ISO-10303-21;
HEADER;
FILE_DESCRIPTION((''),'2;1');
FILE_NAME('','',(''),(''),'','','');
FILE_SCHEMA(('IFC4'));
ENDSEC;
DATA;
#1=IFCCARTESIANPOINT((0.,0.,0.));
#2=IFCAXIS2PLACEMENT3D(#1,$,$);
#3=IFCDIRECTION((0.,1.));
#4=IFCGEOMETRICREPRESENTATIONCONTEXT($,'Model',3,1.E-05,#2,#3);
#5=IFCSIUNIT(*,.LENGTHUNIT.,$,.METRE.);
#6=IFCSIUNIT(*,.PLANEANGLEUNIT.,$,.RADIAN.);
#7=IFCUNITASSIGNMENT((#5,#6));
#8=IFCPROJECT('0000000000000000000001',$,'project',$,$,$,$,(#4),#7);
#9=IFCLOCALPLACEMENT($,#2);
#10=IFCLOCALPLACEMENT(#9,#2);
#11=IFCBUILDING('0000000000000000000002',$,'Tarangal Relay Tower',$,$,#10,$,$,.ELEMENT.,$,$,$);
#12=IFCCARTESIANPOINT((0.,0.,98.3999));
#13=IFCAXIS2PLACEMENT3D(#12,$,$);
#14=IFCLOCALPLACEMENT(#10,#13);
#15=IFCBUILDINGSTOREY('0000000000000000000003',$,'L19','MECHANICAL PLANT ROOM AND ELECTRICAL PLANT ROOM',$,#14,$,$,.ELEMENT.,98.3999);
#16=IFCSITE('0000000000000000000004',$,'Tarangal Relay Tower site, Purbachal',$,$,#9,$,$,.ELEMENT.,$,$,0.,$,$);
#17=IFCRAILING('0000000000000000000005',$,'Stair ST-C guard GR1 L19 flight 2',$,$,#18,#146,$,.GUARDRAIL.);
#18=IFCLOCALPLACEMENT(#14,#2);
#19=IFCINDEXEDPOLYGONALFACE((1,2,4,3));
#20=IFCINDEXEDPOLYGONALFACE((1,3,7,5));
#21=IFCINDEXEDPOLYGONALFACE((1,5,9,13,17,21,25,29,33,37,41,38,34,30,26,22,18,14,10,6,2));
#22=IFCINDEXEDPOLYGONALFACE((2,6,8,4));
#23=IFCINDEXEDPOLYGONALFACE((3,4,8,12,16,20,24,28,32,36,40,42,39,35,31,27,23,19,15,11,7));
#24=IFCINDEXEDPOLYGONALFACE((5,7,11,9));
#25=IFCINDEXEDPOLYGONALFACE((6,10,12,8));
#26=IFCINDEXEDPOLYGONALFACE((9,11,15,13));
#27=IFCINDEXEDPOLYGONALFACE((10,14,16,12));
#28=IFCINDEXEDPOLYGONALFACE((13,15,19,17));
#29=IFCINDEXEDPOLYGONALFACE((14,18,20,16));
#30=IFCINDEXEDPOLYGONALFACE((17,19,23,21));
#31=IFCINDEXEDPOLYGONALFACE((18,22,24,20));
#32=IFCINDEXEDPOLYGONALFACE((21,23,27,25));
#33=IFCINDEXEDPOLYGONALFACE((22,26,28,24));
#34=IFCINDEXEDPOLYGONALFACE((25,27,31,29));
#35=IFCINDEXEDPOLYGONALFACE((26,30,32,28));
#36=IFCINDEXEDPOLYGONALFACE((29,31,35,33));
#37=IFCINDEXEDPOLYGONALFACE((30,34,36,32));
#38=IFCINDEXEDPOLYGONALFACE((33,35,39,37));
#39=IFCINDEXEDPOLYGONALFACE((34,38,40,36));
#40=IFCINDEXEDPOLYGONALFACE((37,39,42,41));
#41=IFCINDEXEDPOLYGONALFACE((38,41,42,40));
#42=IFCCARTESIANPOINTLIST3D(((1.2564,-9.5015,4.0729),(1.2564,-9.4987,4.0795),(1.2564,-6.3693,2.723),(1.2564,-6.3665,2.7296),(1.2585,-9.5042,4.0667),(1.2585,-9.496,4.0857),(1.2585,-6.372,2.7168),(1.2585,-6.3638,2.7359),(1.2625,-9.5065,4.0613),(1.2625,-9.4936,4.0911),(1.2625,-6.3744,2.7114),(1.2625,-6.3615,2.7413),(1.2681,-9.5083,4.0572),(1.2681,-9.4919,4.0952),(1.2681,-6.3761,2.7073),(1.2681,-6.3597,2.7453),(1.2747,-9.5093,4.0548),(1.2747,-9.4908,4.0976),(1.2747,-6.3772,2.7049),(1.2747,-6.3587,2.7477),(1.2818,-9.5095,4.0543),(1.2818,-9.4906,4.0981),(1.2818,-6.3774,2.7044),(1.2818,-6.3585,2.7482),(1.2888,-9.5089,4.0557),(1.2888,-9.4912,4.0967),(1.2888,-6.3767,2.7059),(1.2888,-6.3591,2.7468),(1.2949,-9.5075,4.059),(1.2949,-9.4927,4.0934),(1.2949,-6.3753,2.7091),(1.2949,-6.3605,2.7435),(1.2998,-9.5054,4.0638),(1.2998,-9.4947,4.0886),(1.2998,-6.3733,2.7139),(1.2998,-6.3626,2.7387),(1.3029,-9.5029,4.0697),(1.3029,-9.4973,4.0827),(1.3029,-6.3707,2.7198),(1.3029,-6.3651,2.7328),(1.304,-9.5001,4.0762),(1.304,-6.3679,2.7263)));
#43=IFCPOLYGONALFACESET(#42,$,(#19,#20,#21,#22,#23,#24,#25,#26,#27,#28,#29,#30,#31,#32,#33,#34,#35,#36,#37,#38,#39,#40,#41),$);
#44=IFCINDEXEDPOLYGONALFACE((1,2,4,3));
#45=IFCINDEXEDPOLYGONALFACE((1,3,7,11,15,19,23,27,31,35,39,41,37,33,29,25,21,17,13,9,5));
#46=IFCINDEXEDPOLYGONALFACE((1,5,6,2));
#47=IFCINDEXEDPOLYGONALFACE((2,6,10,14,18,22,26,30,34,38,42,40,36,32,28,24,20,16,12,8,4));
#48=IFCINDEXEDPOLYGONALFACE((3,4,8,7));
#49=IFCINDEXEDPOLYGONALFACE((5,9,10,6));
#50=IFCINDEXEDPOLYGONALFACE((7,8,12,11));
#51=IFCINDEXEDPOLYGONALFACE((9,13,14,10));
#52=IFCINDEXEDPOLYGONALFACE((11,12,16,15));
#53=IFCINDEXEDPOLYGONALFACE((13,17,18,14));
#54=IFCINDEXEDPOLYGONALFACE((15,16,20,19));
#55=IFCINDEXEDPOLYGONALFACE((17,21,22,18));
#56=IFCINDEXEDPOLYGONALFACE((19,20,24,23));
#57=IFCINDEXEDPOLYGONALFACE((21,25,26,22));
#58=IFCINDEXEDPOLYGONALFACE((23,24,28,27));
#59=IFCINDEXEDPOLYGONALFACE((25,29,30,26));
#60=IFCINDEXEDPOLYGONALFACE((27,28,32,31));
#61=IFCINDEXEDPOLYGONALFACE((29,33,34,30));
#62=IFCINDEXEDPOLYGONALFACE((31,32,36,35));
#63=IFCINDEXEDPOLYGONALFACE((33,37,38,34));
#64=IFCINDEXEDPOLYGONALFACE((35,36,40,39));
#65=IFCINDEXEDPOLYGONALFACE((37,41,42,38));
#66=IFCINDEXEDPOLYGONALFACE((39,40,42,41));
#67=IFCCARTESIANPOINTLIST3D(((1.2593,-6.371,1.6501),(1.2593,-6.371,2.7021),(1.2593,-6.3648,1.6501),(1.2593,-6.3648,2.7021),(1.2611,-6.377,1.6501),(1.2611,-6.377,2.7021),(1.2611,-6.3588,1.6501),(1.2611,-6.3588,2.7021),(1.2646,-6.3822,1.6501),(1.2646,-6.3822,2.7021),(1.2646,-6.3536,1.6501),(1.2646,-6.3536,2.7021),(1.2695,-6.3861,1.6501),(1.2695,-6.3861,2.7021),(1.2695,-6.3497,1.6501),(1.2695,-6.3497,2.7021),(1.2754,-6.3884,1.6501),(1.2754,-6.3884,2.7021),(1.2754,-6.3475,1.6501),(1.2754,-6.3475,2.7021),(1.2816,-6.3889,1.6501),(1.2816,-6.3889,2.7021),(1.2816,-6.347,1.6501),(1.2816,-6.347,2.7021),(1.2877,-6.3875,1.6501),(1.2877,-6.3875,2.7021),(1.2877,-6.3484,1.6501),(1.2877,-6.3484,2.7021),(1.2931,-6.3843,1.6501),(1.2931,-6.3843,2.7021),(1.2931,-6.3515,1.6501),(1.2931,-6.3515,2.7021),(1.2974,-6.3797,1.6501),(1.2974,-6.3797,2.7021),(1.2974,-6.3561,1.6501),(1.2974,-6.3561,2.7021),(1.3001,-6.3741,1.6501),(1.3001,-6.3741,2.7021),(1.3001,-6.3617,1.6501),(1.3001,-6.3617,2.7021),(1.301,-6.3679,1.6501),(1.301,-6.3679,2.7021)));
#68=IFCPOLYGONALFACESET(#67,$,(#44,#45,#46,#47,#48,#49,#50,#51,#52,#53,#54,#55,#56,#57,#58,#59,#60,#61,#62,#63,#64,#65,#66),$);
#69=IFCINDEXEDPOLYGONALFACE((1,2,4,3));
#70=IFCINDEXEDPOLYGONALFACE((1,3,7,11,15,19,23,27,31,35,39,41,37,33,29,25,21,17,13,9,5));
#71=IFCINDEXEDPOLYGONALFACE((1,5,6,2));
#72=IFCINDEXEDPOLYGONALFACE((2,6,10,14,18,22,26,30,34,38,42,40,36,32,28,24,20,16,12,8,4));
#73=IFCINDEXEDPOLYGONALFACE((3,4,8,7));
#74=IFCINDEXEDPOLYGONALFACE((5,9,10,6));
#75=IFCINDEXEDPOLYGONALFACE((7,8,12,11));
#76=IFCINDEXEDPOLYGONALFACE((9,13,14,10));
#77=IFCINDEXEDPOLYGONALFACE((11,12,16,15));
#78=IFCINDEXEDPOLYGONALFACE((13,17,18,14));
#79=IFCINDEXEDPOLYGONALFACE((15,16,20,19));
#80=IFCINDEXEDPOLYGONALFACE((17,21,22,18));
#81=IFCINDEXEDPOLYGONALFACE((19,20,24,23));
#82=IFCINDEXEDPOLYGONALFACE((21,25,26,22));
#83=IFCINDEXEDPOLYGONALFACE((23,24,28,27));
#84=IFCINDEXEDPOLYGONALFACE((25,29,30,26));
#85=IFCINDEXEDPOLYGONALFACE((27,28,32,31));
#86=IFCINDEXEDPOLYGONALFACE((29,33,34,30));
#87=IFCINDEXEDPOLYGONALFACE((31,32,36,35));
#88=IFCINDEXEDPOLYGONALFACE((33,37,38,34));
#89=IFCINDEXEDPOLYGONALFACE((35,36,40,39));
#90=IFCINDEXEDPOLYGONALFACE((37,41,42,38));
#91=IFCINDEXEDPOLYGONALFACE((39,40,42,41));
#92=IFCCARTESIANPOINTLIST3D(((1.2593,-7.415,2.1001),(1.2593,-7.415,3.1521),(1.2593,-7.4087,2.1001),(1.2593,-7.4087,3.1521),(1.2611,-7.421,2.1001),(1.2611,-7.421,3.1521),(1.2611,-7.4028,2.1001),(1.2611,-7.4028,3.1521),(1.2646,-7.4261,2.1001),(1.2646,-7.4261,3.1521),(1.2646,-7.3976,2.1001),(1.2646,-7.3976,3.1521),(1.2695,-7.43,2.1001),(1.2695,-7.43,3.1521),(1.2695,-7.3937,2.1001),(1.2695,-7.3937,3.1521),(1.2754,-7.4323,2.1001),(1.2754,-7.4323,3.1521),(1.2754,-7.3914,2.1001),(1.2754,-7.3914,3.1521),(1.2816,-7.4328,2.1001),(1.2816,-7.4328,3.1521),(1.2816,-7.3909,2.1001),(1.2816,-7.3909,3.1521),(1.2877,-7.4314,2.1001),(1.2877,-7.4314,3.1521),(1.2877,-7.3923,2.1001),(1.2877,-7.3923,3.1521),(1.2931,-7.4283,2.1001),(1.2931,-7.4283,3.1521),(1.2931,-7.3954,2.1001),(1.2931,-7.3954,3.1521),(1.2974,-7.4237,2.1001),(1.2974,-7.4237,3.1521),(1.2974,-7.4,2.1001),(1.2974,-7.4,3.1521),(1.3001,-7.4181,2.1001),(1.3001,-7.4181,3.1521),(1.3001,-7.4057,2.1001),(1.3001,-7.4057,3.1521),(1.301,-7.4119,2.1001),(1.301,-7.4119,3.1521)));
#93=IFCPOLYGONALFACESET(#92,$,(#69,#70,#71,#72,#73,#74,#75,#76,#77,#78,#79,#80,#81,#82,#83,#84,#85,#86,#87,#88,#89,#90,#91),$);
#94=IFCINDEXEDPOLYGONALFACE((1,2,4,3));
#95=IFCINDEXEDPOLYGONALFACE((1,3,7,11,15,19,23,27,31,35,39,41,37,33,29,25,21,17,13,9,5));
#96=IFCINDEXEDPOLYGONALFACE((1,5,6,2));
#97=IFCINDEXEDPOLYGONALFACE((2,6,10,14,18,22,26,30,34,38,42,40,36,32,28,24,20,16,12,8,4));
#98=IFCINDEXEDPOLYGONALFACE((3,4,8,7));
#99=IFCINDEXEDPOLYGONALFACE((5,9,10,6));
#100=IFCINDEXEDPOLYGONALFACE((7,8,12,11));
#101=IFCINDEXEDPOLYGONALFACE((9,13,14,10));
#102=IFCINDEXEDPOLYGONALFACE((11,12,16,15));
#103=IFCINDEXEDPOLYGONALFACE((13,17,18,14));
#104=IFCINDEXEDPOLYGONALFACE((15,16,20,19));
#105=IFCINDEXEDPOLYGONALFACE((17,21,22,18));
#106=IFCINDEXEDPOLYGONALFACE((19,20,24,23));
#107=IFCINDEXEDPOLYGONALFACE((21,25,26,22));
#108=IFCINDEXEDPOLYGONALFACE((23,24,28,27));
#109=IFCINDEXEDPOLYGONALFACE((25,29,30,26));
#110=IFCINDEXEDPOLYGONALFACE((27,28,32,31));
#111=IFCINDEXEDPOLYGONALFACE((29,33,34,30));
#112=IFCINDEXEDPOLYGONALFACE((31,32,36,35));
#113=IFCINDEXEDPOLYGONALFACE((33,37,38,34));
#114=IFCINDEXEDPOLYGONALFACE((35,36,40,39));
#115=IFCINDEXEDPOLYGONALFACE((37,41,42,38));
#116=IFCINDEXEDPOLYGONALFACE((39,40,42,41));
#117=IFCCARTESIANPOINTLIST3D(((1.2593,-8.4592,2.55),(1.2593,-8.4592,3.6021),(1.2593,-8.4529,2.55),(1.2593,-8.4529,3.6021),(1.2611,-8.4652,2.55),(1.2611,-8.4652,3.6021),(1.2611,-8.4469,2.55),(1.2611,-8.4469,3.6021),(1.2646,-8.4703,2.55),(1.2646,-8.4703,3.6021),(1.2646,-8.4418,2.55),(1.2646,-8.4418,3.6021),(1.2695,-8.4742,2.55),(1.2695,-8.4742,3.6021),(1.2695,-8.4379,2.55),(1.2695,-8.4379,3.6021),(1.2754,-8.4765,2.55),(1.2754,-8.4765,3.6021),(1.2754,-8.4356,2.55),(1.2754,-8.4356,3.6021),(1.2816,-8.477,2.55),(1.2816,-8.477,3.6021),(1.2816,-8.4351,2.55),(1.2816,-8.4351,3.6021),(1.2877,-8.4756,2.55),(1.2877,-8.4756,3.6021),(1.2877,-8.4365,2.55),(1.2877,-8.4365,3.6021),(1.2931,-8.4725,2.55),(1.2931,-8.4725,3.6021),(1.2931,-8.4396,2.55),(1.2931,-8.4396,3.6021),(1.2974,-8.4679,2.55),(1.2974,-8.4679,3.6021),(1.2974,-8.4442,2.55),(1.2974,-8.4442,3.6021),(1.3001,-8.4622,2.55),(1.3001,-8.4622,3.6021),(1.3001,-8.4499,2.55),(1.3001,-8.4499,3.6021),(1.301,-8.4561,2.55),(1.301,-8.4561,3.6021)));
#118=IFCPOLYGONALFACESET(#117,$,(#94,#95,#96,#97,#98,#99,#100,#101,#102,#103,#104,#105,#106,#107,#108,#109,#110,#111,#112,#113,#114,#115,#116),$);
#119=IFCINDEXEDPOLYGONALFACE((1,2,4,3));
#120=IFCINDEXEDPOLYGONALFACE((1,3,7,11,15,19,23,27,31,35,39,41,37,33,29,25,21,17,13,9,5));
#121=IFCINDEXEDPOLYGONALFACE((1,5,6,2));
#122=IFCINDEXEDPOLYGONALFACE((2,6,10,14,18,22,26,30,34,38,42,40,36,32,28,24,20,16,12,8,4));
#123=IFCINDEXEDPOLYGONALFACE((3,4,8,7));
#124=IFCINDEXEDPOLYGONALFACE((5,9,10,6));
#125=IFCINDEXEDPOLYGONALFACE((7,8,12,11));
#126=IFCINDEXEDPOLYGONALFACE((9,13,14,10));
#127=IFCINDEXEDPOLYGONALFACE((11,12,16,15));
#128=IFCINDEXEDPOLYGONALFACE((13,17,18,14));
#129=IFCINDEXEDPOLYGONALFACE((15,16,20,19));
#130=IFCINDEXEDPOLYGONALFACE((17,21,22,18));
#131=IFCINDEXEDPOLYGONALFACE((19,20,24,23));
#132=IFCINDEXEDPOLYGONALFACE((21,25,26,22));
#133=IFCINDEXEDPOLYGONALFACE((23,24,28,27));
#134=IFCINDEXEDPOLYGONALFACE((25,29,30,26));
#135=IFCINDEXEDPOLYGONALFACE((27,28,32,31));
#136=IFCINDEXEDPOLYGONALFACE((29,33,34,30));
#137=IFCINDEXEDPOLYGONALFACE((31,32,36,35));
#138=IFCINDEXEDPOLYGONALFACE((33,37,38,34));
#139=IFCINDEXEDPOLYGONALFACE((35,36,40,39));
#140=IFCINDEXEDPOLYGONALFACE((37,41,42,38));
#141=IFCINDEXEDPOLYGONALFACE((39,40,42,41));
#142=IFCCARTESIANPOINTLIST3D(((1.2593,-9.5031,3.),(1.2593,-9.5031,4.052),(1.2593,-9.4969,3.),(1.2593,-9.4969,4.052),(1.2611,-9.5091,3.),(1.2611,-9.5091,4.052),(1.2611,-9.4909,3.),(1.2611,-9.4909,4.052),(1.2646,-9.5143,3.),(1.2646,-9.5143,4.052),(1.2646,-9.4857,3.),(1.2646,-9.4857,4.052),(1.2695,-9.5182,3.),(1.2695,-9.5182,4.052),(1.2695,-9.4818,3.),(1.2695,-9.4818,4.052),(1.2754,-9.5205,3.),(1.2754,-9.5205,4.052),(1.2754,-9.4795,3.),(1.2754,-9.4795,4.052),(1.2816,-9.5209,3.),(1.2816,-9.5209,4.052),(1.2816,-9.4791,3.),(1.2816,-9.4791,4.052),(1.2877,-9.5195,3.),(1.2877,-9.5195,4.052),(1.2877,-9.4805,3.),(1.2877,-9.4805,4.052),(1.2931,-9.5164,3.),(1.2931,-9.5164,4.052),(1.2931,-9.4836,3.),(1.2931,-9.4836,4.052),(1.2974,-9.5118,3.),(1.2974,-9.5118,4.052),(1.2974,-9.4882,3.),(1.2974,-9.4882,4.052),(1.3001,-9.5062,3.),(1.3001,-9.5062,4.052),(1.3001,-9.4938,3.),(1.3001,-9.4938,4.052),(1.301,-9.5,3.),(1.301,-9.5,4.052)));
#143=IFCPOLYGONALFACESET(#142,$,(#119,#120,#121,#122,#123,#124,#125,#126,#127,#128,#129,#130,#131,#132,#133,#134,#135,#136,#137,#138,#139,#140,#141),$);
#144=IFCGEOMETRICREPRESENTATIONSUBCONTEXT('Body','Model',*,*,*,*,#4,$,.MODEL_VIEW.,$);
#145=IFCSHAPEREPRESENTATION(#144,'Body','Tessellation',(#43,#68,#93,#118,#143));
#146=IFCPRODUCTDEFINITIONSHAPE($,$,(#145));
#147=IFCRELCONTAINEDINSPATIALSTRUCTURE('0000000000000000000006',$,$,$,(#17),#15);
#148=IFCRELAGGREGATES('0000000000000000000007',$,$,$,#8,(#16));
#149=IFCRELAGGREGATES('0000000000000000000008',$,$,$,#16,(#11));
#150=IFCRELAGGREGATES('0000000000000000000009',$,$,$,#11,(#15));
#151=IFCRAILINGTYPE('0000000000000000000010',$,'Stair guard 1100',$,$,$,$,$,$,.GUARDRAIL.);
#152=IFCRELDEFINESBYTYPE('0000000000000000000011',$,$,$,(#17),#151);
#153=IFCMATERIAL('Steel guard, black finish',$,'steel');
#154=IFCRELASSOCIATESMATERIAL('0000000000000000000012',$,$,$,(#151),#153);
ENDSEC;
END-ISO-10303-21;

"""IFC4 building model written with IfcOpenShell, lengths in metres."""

from ifc_helpers import new_model, si_unit, direction, frame, origin, origin_2d, place, context, subcontext, project, spatial, circle, extrude, material, type_object, element, save


model = new_model("IFC4")

# Units and contexts
model_context = context("Model", 3, precision=1e-05, world=origin(), true_north=direction((0.0, 1.0)))
body_context = subcontext(model_context, "Body", "Model", "MODEL_VIEW")
ifc_project = project(units=[si_unit("LENGTHUNIT", "METRE"), si_unit("PLANEANGLEUNIT", "RADIAN")], contexts=[model_context])

# Site, building, storey
site_placement = place(None, origin())
site = spatial("IfcSite", under=ifc_project, at=site_placement, Name="Tarangal Relay Tower site, Purbachal", CompositionType="ELEMENT", RefElevation=0.0)
building_placement = place(site_placement, origin())
building = spatial("IfcBuilding", under=site, at=building_placement, Name="Tarangal Relay Tower", CompositionType="ELEMENT")
storey_placement = place(building_placement, frame((0.0, 0.0, 98.3999)))
storey = spatial("IfcBuildingStorey", under=building, at=storey_placement, Name="L19", Description="MECHANICAL PLANT ROOM AND ELECTRICAL PLANT ROOM", CompositionType="ELEMENT", Elevation=98.3999)

# Railing
ifc_material_1 = material(Name="Steel guard, black finish", Category="steel")
railing_type_1 = type_object("IfcRailingType", Name="Stair guard 1100", PredefinedType="GUARDRAIL", material=ifc_material_1)
for number, where, name in (
    (1, (1.28, -6.3679, 1.6501), "Stair ST-C guard GR1 L19 flight 2"),
):
    element("IfcRailing", number, at=place(storey_placement, frame(where)), inside=storey, type_object=railing_type_1, Name=name, PredefinedType="GUARDRAIL", context=body_context, shape_type="SweptSolid", body=[
        extrude(circle(Radius=0.0239, at=origin_2d()), frame((0.0, 0.0, 1.0762), z_axis=(0.0, -0.918343, 0.395785), x_axis=(1.0, 0.0, 0.0)), (0.0, 0.0, 1.0), 3.4106),
        extrude(circle(Radius=0.021, at=origin_2d()), origin(), (0.0, 0.0, 1.0), 1.052),
        extrude(circle(Radius=0.021, at=origin_2d()), frame((0.0, -1.0439, 0.45)), (0.0, 0.0, 1.0), 1.052),
        extrude(circle(Radius=0.021, at=origin_2d()), frame((0.0, -2.0881, 0.8999)), (0.0, 0.0, 1.0), 1.052),
        extrude(circle(Radius=0.021, at=origin_2d()), frame((0.0, -3.1321, 1.3499)), (0.0, 0.0, 1.0), 1.052),
    ])

save(model, "model.ifc")
